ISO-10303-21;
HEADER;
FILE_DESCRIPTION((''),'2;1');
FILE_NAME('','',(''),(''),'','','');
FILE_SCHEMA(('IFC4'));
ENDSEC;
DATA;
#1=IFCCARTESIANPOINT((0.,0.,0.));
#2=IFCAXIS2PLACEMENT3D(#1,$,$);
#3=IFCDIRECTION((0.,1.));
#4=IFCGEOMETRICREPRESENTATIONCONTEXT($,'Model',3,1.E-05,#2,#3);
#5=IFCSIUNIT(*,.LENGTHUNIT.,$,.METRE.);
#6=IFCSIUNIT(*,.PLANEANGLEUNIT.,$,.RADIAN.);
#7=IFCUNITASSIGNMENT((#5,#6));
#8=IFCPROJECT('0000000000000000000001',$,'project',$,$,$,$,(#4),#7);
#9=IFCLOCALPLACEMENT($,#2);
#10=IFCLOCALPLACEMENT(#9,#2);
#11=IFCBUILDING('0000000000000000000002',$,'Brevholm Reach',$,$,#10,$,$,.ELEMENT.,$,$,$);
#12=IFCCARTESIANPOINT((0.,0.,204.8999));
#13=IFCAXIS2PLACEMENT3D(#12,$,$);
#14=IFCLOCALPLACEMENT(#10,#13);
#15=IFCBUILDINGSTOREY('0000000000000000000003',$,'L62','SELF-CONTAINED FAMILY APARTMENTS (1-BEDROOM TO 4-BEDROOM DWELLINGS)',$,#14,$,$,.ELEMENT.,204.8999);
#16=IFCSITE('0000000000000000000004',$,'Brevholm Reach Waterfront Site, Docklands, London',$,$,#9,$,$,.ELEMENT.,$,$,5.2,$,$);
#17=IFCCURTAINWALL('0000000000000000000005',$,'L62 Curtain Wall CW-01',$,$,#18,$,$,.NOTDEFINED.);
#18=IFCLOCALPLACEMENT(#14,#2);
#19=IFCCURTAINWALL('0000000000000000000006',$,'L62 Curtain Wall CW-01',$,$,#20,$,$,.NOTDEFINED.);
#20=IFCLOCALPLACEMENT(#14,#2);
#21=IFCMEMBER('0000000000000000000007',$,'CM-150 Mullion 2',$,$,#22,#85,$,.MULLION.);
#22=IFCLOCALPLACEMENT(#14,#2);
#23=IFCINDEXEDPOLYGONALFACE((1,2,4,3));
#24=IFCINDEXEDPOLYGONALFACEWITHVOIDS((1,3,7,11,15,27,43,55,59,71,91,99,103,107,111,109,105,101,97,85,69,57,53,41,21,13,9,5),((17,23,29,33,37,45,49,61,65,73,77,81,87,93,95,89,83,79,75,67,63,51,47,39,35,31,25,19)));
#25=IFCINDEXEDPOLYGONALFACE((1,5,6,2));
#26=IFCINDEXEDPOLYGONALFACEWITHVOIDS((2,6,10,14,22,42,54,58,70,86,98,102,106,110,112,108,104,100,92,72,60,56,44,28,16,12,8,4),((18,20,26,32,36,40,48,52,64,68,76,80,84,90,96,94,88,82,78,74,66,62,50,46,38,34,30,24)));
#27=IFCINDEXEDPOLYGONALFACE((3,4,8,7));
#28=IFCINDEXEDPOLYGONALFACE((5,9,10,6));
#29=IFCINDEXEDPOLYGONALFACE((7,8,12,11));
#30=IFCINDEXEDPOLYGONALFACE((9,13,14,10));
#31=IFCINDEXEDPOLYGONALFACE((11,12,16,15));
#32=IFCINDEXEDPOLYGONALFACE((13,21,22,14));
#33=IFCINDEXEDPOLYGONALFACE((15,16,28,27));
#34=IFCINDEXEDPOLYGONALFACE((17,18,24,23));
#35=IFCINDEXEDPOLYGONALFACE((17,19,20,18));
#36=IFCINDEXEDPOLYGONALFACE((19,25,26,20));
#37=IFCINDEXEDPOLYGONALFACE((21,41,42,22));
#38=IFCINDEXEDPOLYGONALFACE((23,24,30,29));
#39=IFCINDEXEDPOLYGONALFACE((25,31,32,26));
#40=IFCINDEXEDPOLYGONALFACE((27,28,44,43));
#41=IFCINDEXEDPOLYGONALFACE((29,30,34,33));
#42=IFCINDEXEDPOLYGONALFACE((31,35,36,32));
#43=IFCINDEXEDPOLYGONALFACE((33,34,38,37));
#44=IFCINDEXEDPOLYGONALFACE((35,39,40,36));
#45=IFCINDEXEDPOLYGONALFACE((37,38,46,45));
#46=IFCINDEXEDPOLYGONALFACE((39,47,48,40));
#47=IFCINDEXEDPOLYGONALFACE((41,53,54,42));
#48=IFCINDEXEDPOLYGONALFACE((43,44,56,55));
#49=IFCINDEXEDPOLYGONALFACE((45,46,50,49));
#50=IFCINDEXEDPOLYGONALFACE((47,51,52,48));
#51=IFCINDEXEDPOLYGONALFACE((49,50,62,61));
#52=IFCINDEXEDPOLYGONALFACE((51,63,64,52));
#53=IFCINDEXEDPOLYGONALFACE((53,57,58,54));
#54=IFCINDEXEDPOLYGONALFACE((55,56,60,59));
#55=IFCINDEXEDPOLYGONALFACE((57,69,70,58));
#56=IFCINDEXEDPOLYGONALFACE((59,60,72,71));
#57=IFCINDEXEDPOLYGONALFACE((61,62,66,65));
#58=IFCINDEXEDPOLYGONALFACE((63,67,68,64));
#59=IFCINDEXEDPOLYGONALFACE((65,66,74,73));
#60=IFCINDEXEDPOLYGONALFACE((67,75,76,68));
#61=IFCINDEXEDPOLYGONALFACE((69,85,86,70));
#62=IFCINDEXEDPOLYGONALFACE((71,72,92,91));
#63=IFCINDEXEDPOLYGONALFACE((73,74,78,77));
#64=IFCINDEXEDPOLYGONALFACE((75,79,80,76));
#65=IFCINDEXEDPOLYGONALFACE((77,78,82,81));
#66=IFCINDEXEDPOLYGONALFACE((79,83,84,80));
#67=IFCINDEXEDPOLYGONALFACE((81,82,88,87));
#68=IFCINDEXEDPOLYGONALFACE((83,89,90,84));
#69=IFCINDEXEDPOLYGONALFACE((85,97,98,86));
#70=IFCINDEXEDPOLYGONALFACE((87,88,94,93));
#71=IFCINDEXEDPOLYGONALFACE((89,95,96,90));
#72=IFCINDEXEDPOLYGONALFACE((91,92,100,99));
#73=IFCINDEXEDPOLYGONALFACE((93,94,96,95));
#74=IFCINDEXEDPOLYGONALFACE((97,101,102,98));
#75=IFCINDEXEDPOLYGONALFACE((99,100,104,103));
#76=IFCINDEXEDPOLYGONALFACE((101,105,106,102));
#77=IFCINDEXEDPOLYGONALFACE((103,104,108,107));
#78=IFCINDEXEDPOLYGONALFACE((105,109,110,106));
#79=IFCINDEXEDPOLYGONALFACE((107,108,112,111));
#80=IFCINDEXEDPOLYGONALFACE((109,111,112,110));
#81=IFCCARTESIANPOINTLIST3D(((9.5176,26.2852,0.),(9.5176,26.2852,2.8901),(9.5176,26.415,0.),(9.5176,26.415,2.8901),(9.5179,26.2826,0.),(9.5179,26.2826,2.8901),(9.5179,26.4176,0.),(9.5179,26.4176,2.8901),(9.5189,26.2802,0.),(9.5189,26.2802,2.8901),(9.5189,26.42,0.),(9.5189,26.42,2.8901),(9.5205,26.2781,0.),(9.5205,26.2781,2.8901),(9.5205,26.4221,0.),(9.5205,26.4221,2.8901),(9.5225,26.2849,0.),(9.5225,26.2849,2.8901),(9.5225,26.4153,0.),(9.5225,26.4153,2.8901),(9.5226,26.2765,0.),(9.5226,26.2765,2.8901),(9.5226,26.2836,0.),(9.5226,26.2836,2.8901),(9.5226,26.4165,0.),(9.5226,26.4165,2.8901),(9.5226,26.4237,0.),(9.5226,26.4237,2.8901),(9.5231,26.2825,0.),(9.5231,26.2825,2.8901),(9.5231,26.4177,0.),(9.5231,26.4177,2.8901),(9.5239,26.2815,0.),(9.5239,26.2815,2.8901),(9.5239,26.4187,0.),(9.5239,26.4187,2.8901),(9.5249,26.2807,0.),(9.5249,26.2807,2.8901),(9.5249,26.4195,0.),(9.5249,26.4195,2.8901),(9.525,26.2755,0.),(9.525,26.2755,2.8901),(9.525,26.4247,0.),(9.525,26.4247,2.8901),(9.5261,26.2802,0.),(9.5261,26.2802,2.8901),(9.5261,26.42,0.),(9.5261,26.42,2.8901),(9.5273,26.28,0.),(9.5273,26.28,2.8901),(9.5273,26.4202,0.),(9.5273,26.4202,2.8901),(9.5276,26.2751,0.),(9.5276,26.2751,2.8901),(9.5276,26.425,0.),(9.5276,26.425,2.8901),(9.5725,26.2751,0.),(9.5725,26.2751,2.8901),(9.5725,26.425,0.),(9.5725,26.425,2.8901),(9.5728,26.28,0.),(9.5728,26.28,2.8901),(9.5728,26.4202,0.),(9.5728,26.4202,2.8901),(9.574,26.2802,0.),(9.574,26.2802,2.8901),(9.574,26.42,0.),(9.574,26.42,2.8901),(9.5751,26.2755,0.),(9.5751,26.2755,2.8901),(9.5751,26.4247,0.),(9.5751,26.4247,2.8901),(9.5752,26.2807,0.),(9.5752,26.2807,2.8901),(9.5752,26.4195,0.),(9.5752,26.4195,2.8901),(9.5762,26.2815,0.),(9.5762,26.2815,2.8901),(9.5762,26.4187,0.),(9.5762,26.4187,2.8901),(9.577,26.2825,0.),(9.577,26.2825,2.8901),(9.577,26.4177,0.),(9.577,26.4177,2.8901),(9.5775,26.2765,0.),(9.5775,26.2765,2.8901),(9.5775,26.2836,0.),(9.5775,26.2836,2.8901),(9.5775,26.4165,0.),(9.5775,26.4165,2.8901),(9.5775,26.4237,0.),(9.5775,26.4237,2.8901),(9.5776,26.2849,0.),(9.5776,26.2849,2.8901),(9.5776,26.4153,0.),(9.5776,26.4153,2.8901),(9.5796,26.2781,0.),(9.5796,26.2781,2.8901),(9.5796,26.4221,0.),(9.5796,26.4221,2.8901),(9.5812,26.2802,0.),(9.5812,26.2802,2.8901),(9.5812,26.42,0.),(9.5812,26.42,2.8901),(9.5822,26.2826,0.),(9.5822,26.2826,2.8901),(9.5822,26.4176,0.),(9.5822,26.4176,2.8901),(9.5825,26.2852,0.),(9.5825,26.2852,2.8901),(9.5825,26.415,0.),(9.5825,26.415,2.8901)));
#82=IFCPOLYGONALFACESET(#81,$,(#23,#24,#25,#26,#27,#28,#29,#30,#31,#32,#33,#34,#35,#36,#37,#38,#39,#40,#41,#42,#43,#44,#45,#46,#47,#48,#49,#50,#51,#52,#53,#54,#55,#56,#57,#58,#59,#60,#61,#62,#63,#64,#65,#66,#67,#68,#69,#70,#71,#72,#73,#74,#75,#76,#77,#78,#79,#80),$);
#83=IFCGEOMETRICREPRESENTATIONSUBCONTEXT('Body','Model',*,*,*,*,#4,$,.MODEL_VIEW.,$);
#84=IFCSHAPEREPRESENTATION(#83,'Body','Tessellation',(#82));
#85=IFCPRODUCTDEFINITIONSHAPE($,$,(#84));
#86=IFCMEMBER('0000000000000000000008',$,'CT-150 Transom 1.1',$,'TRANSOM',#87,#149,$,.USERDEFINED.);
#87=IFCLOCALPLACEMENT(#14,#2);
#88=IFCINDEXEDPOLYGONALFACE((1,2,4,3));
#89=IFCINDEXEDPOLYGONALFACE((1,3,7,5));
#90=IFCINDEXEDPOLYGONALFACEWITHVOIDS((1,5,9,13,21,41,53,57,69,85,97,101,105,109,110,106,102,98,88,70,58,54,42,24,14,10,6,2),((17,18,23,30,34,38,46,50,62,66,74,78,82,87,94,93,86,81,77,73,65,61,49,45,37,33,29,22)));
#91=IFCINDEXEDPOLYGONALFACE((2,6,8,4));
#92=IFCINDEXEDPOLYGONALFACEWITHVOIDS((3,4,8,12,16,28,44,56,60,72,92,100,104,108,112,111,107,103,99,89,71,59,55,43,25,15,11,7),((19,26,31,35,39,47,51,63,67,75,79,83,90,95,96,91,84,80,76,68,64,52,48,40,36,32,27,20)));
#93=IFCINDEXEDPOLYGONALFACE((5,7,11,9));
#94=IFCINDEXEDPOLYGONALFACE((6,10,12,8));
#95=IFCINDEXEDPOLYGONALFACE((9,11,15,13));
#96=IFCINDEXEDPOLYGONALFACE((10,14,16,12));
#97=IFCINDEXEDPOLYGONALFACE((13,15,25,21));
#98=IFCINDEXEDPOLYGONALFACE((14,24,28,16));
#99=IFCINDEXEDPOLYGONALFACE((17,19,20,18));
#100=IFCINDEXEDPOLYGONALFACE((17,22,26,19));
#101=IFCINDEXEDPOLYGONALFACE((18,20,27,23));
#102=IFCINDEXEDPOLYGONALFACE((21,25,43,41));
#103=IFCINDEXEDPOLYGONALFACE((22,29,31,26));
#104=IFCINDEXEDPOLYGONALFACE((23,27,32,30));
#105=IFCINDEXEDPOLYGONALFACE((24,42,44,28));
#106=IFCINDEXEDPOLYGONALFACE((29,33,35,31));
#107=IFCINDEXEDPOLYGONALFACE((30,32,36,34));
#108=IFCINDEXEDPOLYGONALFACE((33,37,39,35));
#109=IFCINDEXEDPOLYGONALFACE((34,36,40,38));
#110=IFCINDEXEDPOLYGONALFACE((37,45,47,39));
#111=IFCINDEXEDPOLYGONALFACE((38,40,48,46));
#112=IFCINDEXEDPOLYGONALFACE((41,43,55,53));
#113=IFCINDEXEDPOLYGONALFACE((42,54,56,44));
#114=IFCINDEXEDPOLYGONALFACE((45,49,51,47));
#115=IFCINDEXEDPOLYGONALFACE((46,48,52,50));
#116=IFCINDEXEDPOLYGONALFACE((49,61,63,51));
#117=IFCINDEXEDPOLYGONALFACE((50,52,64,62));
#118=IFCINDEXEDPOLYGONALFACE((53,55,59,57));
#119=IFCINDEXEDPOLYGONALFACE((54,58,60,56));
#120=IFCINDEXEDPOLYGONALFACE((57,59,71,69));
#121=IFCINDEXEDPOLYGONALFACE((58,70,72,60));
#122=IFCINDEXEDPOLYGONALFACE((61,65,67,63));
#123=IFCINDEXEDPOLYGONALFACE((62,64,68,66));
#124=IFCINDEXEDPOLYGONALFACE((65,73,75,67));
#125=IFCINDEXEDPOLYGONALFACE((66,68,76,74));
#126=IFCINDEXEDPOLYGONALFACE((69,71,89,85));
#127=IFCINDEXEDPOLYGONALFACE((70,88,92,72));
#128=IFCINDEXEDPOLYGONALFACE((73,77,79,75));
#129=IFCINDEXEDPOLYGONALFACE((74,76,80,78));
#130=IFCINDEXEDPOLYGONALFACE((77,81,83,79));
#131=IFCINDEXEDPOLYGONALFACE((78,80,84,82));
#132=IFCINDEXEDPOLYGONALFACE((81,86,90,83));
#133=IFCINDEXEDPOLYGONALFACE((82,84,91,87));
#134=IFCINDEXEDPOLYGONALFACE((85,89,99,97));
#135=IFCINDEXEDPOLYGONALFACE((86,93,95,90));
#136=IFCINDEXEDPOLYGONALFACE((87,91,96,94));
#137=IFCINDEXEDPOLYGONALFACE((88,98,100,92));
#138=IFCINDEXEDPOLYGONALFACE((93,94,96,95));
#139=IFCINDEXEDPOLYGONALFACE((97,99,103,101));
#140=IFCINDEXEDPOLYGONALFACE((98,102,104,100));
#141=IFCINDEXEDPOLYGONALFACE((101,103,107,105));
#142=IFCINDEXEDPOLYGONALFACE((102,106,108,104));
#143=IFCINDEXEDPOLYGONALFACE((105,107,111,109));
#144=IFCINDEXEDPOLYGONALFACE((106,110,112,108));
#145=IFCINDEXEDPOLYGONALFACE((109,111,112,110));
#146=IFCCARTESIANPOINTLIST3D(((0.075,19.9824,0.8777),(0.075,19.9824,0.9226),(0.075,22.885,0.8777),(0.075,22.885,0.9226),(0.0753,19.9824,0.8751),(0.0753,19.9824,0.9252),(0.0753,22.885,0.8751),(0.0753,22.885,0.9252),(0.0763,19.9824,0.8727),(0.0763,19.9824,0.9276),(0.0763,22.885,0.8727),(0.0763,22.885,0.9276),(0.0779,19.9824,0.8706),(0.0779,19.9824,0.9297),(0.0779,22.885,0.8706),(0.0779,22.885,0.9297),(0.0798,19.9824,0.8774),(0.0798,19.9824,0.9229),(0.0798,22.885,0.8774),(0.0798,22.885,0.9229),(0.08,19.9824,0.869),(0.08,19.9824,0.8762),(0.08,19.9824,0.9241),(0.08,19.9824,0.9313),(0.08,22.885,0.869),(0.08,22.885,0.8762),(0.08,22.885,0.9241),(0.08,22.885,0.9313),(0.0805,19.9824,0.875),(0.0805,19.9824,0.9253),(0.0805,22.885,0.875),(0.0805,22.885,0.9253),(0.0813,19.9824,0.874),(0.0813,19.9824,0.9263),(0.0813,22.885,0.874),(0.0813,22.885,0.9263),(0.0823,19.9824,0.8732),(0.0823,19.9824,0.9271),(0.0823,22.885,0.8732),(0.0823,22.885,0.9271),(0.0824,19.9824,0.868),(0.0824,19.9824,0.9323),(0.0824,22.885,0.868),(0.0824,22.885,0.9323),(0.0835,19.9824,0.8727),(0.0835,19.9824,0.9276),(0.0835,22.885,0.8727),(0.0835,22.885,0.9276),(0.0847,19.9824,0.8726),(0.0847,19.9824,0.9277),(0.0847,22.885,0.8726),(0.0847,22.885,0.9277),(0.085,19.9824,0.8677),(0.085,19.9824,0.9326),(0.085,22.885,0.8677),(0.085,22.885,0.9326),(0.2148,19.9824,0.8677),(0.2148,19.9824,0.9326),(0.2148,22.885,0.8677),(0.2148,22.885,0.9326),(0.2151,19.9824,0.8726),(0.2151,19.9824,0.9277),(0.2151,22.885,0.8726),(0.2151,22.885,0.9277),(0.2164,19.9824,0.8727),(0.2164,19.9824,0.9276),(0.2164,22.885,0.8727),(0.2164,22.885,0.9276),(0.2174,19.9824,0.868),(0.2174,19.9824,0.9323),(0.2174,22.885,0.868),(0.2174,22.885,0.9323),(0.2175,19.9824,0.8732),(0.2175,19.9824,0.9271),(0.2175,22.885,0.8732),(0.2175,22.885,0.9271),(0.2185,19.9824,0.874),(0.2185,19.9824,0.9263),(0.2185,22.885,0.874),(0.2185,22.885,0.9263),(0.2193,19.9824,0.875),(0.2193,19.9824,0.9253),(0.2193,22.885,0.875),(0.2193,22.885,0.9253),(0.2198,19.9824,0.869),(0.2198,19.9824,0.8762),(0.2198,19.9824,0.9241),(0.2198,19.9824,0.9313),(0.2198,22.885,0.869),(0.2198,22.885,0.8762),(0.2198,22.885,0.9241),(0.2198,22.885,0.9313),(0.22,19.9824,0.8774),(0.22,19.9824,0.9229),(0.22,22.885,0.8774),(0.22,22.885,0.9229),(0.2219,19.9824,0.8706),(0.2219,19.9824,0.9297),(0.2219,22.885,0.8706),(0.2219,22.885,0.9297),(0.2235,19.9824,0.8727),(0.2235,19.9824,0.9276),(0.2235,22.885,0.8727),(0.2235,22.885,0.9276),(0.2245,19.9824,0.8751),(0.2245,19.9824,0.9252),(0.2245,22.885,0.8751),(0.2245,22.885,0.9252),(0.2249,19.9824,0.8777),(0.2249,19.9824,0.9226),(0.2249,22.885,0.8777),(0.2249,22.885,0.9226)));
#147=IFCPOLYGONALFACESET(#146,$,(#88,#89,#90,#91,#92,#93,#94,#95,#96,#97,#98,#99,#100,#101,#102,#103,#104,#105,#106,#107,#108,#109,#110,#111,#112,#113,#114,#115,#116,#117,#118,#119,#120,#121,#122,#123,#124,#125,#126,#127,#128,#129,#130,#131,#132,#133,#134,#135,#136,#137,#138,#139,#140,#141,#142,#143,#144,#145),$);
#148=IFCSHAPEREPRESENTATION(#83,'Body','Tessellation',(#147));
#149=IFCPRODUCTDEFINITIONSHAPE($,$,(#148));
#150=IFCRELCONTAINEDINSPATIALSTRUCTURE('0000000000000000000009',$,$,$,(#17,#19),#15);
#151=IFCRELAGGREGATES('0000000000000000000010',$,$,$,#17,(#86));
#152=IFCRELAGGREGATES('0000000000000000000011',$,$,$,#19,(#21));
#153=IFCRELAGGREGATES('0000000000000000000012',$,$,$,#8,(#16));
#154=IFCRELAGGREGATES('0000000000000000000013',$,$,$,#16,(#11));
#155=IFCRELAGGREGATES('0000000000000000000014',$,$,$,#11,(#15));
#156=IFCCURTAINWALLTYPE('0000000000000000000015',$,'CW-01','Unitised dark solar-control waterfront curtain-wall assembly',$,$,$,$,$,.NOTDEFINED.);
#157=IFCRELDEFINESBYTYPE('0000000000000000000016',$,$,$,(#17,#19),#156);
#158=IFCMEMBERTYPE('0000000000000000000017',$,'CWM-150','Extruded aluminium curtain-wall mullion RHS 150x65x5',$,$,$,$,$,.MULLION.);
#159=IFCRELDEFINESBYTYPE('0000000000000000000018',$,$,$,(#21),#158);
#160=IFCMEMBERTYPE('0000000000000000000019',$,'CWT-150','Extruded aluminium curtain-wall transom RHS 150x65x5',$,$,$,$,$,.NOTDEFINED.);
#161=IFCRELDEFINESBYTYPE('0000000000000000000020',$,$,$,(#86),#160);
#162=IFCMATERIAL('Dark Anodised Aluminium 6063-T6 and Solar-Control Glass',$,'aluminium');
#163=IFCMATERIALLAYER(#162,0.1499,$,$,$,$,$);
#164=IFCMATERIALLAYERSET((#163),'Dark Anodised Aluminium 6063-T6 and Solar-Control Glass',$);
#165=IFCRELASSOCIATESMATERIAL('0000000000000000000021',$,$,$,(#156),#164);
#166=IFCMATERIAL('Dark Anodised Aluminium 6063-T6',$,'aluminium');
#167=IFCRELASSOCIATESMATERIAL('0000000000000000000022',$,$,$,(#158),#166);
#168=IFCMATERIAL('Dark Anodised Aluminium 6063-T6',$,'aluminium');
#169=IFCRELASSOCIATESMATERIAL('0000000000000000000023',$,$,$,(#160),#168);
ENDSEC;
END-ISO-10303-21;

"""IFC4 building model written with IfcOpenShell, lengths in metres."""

from ifc_helpers import new_model, si_unit, direction, frame, origin, origin_2d, place, context, subcontext, project, spatial, hollow_rectangle, extrude, material, layer, layer_set, material_profile, profile_set, type_object, element, aggregate, save


model = new_model("IFC4")

# Units and contexts
model_context = context("Model", 3, precision=1e-05, world=origin(), true_north=direction((0.0, 1.0)))
body_context = subcontext(model_context, "Body", "Model", "MODEL_VIEW")
ifc_project = project(units=[si_unit("LENGTHUNIT", "METRE"), si_unit("PLANEANGLEUNIT", "RADIAN")], contexts=[model_context])

# Site, building, storey
site_placement = place(None, origin())
site = spatial("IfcSite", under=ifc_project, at=site_placement, Name="Brevholm Reach Waterfront Site, Docklands, London", CompositionType="ELEMENT", RefElevation=5.2)
building_placement = place(site_placement, origin())
building = spatial("IfcBuilding", under=site, at=building_placement, Name="Brevholm Reach", CompositionType="ELEMENT")
storey_placement = place(building_placement, frame((0.0, 0.0, 204.8999)))
storey = spatial("IfcBuildingStorey", under=building, at=storey_placement, Name="L62", Description="SELF-CONTAINED FAMILY APARTMENTS (1-BEDROOM TO 4-BEDROOM DWELLINGS)", CompositionType="ELEMENT", Elevation=204.8999)

# Curtain wall
ifc_material_1 = material(Name="Dark Anodised Aluminium 6063-T6 and Solar-Control Glass", Category="aluminium")
ifc_layer_1 = layer(ifc_material_1, 0.1499)
ifc_layer_set_1 = layer_set([ifc_layer_1], Name="Dark Anodised Aluminium 6063-T6 and Solar-Control Glass")
curtain_wall_type = type_object("IfcCurtainWallType", Name="CW-01", Description="Unitised dark solar-control waterfront curtain-wall assembly", PredefinedType="NOTDEFINED", material=ifc_layer_set_1)
curtain_wall_1_placement = place(storey_placement, origin())
curtain_wall_1 = element("IfcCurtainWall", 1, at=curtain_wall_1_placement, inside=storey, type_object=curtain_wall_type, Name="L62 Curtain Wall CW-01", PredefinedType="NOTDEFINED")
ifc_material_2 = material(Name="Dark Anodised Aluminium 6063-T6", Category="aluminium")
ifc_material_profile_1 = material_profile(ifc_material_2, hollow_rectangle(XDim=0.0649, YDim=0.1499, WallThickness=0.0049, InnerFilletRadius=0.0049, OuterFilletRadius=0.01, at=origin_2d()), Name="RHS 150x65x5")
ifc_profile_set_1 = profile_set([ifc_material_profile_1], Name="Dark Anodised Aluminium 6063-T6")
member_type_1 = type_object("IfcMemberType", Name="CWM-150", Description="Extruded aluminium curtain-wall mullion RHS 150x65x5", PredefinedType="MULLION", material=ifc_profile_set_1)

# Curtain wall, member
curtain_wall_2_placement = place(storey_placement, origin())
curtain_wall_2 = element("IfcCurtainWall", 2, at=curtain_wall_2_placement, inside=storey, type_object=curtain_wall_type, Name="L62 Curtain Wall CW-01", PredefinedType="NOTDEFINED")
member_1_placement = place(storey_placement, frame((9.55, 26.3501, 0.0), z_axis=(0.0, 0.0, 1.0), x_axis=(1.0, 0.0, 0.0)))
member_1 = element("IfcMember", 3, at=member_1_placement, type_object=member_type_1, Name="CM-150 Mullion 2", PredefinedType="MULLION", context=body_context, shape_type="SweptSolid", body=[
    extrude(hollow_rectangle(XDim=0.0649, YDim=0.1499, WallThickness=0.0049, InnerFilletRadius=0.0049, OuterFilletRadius=0.01, at=origin_2d()), origin(), (0.0, 0.0, 1.0), 2.8901),
])

# Member
ifc_material_3 = material(Name="Dark Anodised Aluminium 6063-T6", Category="aluminium")
ifc_material_profile_2 = material_profile(ifc_material_3, hollow_rectangle(XDim=0.0649, YDim=0.1499, WallThickness=0.0049, InnerFilletRadius=0.0049, OuterFilletRadius=0.01, at=origin_2d()), Name="RHS 150x65x5")
ifc_profile_set_2 = profile_set([ifc_material_profile_2], Name="Dark Anodised Aluminium 6063-T6")
member_type_2 = type_object("IfcMemberType", Name="CWT-150", Description="Extruded aluminium curtain-wall transom RHS 150x65x5", PredefinedType="NOTDEFINED", material=ifc_profile_set_2)
member_2_placement = place(storey_placement, frame((0.1499, 22.885, 0.9001), z_axis=(0.0, -1.0, 0.0), x_axis=(0.0, 0.0, 1.0)))
member_2 = element("IfcMember", 4, at=member_2_placement, type_object=member_type_2, Name="CT-150 Transom 1.1", ObjectType="TRANSOM", PredefinedType="USERDEFINED", context=body_context, shape_type="SweptSolid", body=[
    extrude(hollow_rectangle(XDim=0.0649, YDim=0.1499, WallThickness=0.0049, InnerFilletRadius=0.0049, OuterFilletRadius=0.01, at=origin_2d()), origin(), (0.0, 0.0, 1.0), 2.9026),
])
aggregate(curtain_wall_1, [member_2])

aggregate(curtain_wall_2, [member_1])

save(model, "model.ifc")
